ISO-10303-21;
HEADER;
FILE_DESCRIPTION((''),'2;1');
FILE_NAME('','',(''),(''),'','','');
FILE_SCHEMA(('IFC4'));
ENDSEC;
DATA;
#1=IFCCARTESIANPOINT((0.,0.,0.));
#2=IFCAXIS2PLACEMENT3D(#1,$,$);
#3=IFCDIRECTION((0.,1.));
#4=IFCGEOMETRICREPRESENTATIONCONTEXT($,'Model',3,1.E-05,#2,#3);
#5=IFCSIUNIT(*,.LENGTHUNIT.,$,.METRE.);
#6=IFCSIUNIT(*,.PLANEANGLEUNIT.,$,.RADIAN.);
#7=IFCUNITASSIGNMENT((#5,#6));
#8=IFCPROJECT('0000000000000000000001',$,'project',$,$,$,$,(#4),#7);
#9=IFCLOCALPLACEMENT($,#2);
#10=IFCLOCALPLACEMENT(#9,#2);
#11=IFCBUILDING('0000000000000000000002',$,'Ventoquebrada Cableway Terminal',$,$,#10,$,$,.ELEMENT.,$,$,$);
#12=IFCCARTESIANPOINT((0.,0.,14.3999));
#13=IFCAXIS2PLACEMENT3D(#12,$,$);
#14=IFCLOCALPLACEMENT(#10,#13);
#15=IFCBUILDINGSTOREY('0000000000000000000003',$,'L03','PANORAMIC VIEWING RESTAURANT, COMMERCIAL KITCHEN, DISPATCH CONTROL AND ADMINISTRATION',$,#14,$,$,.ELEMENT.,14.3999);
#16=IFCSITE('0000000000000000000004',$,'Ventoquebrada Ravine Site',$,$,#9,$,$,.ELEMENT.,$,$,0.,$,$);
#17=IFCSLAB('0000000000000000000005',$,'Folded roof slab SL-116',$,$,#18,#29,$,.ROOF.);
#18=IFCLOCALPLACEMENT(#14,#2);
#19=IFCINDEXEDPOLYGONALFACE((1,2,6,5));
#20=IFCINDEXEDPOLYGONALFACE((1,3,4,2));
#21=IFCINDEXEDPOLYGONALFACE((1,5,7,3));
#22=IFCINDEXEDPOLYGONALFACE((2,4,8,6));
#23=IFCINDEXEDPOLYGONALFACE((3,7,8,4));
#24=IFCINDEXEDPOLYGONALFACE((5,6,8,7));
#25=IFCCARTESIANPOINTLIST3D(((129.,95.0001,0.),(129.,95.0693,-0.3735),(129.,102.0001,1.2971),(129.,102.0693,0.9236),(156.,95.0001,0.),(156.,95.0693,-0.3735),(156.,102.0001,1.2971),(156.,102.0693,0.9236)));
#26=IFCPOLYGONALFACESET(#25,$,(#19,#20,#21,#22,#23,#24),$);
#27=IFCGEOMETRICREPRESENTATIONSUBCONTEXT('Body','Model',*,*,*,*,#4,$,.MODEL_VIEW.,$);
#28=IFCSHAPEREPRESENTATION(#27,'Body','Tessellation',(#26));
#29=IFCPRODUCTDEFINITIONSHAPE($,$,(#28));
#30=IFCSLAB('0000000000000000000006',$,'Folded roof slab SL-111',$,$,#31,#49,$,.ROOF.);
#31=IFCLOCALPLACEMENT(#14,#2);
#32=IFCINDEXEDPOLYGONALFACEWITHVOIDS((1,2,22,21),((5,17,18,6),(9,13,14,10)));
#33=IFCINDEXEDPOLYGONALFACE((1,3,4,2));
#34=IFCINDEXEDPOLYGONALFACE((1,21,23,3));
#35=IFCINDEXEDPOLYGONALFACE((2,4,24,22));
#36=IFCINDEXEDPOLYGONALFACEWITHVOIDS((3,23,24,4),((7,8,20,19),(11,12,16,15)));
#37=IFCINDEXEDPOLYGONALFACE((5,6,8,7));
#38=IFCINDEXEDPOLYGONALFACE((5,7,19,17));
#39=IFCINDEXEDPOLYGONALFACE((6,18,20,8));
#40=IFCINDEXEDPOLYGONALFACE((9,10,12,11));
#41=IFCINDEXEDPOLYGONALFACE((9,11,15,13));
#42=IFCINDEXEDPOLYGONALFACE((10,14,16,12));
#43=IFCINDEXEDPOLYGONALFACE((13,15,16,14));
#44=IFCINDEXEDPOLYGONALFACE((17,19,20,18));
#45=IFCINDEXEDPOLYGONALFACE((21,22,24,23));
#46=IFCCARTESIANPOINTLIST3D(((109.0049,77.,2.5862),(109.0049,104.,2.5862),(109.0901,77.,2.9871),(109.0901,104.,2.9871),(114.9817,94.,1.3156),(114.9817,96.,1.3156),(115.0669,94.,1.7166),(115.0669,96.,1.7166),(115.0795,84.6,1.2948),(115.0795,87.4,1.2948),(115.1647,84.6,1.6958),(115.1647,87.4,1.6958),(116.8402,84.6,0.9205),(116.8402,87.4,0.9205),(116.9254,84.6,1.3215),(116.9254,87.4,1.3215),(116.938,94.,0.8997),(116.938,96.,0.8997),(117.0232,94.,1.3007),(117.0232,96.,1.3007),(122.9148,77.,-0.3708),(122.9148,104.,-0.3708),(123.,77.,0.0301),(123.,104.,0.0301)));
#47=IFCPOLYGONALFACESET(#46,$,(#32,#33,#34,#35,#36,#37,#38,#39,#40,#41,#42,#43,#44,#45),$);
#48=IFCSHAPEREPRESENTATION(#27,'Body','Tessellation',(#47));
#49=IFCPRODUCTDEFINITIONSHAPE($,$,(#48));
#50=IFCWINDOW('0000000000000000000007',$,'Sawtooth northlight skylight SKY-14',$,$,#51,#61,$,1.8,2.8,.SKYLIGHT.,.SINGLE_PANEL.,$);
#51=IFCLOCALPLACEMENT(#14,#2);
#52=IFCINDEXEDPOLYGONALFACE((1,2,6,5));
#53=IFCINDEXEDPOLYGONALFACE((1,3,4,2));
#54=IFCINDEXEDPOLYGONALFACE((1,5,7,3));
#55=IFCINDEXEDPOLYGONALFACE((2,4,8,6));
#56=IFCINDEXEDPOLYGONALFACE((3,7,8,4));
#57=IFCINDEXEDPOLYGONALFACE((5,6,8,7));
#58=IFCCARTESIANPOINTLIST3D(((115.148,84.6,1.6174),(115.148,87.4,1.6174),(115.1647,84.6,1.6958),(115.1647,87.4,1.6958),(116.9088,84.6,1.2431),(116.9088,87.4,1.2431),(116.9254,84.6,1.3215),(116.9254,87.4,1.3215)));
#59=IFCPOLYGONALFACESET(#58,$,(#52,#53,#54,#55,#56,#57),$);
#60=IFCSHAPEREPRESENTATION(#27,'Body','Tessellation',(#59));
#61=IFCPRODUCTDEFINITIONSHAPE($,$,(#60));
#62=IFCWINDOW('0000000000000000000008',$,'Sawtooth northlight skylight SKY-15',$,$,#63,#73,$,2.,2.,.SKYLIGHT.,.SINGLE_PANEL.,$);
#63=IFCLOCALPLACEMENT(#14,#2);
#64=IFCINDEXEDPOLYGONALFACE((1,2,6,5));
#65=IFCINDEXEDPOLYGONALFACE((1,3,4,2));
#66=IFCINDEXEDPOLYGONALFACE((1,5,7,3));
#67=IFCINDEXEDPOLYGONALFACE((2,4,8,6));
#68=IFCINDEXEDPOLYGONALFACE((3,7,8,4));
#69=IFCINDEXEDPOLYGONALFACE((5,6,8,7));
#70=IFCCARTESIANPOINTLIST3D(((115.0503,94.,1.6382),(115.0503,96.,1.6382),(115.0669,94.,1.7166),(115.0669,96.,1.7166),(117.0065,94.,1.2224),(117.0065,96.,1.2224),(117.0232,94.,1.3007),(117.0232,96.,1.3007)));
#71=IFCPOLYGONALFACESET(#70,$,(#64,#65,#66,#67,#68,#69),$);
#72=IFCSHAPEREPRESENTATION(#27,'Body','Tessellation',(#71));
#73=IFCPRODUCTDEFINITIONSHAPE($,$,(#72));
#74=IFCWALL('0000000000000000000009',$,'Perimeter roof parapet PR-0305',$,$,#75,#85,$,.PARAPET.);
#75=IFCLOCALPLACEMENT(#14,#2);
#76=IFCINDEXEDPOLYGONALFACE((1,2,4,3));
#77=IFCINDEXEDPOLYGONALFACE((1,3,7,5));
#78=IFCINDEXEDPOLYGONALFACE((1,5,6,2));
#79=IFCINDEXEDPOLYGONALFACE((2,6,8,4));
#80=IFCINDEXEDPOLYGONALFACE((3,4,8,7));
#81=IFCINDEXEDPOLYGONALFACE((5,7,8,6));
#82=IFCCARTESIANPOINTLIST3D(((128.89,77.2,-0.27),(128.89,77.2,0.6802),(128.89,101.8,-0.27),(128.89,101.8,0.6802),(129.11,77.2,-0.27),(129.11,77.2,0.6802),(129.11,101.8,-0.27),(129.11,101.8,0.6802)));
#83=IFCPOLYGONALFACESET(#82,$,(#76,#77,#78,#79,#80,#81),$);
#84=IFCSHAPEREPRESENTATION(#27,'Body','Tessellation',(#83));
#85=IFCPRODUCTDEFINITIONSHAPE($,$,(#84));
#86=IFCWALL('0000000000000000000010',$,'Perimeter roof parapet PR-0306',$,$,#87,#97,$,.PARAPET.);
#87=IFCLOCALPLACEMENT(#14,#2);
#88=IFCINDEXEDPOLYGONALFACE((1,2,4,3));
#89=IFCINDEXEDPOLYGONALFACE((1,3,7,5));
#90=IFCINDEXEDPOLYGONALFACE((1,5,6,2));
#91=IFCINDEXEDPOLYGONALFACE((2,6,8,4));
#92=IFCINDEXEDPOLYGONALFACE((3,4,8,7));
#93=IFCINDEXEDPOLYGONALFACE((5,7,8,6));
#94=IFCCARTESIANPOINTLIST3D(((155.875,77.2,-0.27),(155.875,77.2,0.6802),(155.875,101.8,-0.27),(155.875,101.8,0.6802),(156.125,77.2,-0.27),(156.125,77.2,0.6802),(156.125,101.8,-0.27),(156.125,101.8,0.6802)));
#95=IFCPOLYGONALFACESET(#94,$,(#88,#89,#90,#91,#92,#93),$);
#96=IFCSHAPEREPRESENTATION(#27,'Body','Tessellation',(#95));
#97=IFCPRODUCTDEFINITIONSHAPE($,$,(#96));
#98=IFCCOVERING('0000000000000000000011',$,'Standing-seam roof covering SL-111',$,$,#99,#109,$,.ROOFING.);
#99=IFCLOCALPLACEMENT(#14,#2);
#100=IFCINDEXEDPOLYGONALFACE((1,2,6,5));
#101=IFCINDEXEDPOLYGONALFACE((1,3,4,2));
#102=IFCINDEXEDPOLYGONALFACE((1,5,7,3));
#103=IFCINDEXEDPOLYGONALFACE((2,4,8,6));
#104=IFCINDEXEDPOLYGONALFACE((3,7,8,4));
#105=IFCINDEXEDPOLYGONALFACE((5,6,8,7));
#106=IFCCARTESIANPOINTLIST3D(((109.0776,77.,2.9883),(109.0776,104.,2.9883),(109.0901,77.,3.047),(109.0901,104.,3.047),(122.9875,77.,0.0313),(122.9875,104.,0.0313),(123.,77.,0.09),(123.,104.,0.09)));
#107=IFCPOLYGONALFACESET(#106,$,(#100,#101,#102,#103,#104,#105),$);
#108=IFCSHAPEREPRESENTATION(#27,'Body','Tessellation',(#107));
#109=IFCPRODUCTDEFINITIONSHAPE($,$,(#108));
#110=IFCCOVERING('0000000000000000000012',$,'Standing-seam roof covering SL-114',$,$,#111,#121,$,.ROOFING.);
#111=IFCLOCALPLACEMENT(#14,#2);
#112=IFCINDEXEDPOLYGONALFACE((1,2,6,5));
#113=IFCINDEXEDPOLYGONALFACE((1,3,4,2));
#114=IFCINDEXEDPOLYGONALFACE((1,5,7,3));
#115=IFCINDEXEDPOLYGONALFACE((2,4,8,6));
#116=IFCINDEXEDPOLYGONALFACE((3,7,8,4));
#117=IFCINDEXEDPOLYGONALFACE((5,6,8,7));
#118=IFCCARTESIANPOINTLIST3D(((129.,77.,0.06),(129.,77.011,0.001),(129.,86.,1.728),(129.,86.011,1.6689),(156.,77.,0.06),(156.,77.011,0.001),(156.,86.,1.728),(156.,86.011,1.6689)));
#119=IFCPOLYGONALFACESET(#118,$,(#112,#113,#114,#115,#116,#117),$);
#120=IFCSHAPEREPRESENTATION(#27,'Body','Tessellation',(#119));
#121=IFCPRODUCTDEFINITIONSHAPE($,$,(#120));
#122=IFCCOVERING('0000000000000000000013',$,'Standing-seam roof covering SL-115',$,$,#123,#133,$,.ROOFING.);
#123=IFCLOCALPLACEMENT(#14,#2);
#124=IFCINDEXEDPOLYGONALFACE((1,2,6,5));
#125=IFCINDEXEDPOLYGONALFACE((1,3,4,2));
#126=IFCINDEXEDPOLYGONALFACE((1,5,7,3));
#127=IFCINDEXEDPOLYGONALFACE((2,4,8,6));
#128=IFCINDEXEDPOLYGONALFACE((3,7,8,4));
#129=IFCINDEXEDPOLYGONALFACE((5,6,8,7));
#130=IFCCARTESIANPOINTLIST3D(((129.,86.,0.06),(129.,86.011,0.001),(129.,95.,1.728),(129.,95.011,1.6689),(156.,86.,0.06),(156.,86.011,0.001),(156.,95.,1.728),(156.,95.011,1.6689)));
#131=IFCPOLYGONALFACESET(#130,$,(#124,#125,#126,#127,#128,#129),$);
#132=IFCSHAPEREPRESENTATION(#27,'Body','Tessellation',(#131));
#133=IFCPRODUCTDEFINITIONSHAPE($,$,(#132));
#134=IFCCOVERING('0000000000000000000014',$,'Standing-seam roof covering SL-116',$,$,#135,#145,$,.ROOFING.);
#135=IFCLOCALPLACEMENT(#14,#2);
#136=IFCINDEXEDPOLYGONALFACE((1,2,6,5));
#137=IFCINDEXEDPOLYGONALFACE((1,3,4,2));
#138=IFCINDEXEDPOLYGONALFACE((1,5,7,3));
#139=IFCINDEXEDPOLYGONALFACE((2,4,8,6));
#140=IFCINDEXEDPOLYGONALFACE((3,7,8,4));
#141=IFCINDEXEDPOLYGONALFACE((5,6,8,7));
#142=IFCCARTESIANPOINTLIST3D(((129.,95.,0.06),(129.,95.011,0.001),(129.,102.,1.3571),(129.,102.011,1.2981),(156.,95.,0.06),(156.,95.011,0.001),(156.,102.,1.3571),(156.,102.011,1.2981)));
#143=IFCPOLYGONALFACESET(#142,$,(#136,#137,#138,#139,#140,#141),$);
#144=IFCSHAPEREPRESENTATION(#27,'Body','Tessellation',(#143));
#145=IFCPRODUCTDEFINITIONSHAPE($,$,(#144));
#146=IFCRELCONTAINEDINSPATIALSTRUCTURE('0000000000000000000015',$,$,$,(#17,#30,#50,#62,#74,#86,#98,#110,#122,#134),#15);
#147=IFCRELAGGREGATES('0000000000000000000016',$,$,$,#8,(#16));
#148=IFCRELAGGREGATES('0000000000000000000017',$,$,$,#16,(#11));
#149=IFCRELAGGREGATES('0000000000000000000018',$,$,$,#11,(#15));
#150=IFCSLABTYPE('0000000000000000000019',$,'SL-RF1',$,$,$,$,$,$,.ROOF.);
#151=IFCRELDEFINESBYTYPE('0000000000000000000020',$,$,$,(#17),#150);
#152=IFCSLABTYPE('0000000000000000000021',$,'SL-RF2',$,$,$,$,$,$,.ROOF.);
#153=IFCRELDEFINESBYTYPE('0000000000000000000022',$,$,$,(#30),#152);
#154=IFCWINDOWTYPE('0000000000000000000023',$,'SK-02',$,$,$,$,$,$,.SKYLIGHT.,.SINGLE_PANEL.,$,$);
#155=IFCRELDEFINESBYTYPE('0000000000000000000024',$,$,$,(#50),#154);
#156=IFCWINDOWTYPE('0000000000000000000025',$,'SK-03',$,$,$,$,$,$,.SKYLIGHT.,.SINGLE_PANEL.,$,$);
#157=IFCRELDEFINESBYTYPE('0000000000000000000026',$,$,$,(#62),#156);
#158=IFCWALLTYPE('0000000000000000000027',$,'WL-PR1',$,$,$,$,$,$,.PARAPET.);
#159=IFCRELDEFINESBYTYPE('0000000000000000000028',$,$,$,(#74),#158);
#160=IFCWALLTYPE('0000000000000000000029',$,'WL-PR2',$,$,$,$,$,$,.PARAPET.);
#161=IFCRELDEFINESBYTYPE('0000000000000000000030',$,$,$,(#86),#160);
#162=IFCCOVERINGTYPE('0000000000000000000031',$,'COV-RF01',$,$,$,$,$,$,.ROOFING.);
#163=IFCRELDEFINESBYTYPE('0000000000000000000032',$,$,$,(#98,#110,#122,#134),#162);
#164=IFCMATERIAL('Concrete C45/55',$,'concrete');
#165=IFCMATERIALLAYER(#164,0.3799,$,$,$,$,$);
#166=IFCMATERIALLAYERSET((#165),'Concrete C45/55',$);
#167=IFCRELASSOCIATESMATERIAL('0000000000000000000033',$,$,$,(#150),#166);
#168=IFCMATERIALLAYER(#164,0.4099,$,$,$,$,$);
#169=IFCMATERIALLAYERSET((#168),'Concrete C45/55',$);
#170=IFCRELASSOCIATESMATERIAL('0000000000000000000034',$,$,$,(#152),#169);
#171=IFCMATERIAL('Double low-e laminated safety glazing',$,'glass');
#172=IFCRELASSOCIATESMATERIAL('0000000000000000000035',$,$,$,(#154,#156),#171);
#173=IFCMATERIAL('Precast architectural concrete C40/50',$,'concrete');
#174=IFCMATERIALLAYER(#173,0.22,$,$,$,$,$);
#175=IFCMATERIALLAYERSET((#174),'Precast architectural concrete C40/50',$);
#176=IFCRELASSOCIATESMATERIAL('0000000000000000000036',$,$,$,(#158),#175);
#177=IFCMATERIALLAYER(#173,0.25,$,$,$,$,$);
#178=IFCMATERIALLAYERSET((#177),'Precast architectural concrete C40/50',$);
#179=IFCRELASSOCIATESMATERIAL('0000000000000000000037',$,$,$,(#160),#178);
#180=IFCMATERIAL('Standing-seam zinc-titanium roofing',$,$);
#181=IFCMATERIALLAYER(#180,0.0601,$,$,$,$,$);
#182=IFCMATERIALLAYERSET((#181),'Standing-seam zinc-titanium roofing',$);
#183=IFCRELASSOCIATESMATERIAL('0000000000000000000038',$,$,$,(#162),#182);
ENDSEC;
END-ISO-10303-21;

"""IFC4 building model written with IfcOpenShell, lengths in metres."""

from ifc_helpers import new_model, si_unit, direction, frame, frame_2d, origin, origin_2d, place, context, subcontext, project, spatial, polyline, rectangle, outline, extrude, material, layer, layer_set, type_object, element, fill, save


model = new_model("IFC4")

# Units and contexts
model_context = context("Model", 3, precision=1e-05, world=origin(), true_north=direction((0.0, 1.0)))
body_context = subcontext(model_context, "Body", "Model", "MODEL_VIEW")
ifc_project = project(units=[si_unit("LENGTHUNIT", "METRE"), si_unit("PLANEANGLEUNIT", "RADIAN")], contexts=[model_context])

# Site, building, storey
site_placement = place(None, origin())
site = spatial("IfcSite", under=ifc_project, at=site_placement, Name="Ventoquebrada Ravine Site", CompositionType="ELEMENT", RefElevation=0.0)
building_placement = place(site_placement, origin())
building = spatial("IfcBuilding", under=site, at=building_placement, Name="Ventoquebrada Cableway Terminal", CompositionType="ELEMENT")
storey_placement = place(building_placement, frame((0.0, 0.0, 14.3999)))
storey = spatial("IfcBuildingStorey", under=building, at=storey_placement, Name="L03", Description="PANORAMIC VIEWING RESTAURANT, COMMERCIAL KITCHEN, DISPATCH CONTROL AND ADMINISTRATION", CompositionType="ELEMENT", Elevation=14.3999)

# Shared definitions
ifc_material_1 = material(Name="Concrete C45/55", Category="concrete")
ifc_layer_1 = layer(ifc_material_1, 0.3799)
ifc_layer_set_1 = layer_set([ifc_layer_1], Name="Concrete C45/55")
slab_type_1 = type_object("IfcSlabType", Name="SL-RF1", PredefinedType="ROOF", material=ifc_layer_set_1)
ifc_material_2 = material(Name="Double low-e laminated safety glazing", Category="glass")

# Slab
slab_1_placement = place(storey_placement, frame((129.0, 95.0693, -0.3735), z_axis=(0.0, -0.182201, 0.983261), x_axis=(1.0, 0.0, 0.0)))
element("IfcSlab", 1, at=slab_1_placement, inside=storey, type_object=slab_type_1, Name="Folded roof slab SL-116", PredefinedType="ROOF", context=body_context, shape_type="SweptSolid", body=[
    extrude(outline(polyline([(0.0, 0.0), (27.0, 0.0), (27.0, 7.1192), (0.0, 7.1192), (0.0, 0.0)])), origin(), (0.0, 0.0, 1.0), 0.3799),
])

# Slab, openings, windows
ifc_layer_2 = layer(ifc_material_1, 0.4099)
ifc_layer_set_2 = layer_set([ifc_layer_2], Name="Concrete C45/55")
slab_type_2 = type_object("IfcSlabType", Name="SL-RF2", PredefinedType="ROOF", material=ifc_layer_set_2)
slab_2_placement = place(storey_placement, frame((109.0049, 77.0, 2.5862), z_axis=(0.207938, 0.0, 0.978142), x_axis=(0.978142, 0.0, -0.207938)))
slab_2 = element("IfcSlab", 2, at=slab_2_placement, inside=storey, type_object=slab_type_2, Name="Folded roof slab SL-111", PredefinedType="ROOF", context=body_context, shape_type="SweptSolid", body=[
    extrude(outline(polyline([(0.0, 0.0), (14.2207, 0.0), (14.2207, 27.0), (0.0, 27.0), (0.0, 0.0)])), origin(), (0.0, 0.0, 1.0), 0.4099),
])
opening_1_placement = place(slab_2_placement, frame((7.1104, 9.0, -0.01), z_axis=(0.0, 0.0, 1.0), x_axis=(0.0, 1.0, 0.0)))
opening_1 = element("IfcOpeningElement", 3, at=opening_1_placement, cuts=slab_2, PredefinedType="OPENING", context=body_context, shape_type="SweptSolid", body=[
    extrude(rectangle(XDim=2.8, YDim=1.8, at=origin_2d()), origin(), (0.0, 0.0, 1.0), 0.4299),
])
opening_2_placement = place(slab_2_placement, frame((7.1104, 18.0, -0.01), z_axis=(0.0, 0.0, 1.0), x_axis=(1.0, 0.0, 0.0)))
opening_2 = element("IfcOpeningElement", 4, at=opening_2_placement, cuts=slab_2, PredefinedType="OPENING", context=body_context, shape_type="SweptSolid", body=[
    extrude(rectangle(XDim=2.0, YDim=2.0, at=origin_2d()), origin(), (0.0, 0.0, 1.0), 0.4299),
])
window_type_1 = type_object("IfcWindowType", Name="SK-02", PartitioningType="SINGLE_PANEL", PredefinedType="SKYLIGHT", material=ifc_material_2)
window_1_placement = place(opening_1_placement, frame((0.0, 0.0, 0.3398)))
window_1 = element("IfcWindow", 5, at=window_1_placement, inside=storey, type_object=window_type_1, Name="Sawtooth northlight skylight SKY-14", OverallHeight=1.8, OverallWidth=2.8, PartitioningType="SINGLE_PANEL", PredefinedType="SKYLIGHT", context=body_context, shape_type="SweptSolid", body=[
    extrude(rectangle(XDim=2.8, YDim=1.8, at=origin_2d()), origin(), (0.0, 0.0, 1.0), 0.0801),
])
fill(opening_1, window_1)
window_type_2 = type_object("IfcWindowType", Name="SK-03", PartitioningType="SINGLE_PANEL", PredefinedType="SKYLIGHT", material=ifc_material_2)
window_2_placement = place(opening_2_placement, frame((0.0, 0.0, 0.3398)))
window_2 = element("IfcWindow", 6, at=window_2_placement, inside=storey, type_object=window_type_2, Name="Sawtooth northlight skylight SKY-15", OverallHeight=2.0, OverallWidth=2.0, PartitioningType="SINGLE_PANEL", PredefinedType="SKYLIGHT", context=body_context, shape_type="SweptSolid", body=[
    extrude(rectangle(XDim=2.0, YDim=2.0, at=origin_2d()), origin(), (0.0, 0.0, 1.0), 0.0801),
])
fill(opening_2, window_2)

# Walls
ifc_material_3 = material(Name="Precast architectural concrete C40/50", Category="concrete")
ifc_layer_3 = layer(ifc_material_3, 0.22)
ifc_layer_set_3 = layer_set([ifc_layer_3], Name="Precast architectural concrete C40/50")
wall_type_1 = type_object("IfcWallType", Name="WL-PR1", PredefinedType="PARAPET", material=ifc_layer_set_3)
wall_1_placement = place(storey_placement, frame((129.0, 77.2, -0.27), z_axis=(0.0, 0.0, 1.0), x_axis=(0.0, 1.0, 0.0)))
element("IfcWall", 7, at=wall_1_placement, inside=storey, type_object=wall_type_1, Name="Perimeter roof parapet PR-0305", PredefinedType="PARAPET", context=body_context, shape_type="SweptSolid", body=[
    extrude(rectangle(XDim=24.6001, YDim=0.22, at=frame_2d((12.3, 0.0))), origin(), (0.0, 0.0, 1.0), 0.9502),
])
ifc_layer_4 = layer(ifc_material_3, 0.25)
ifc_layer_set_4 = layer_set([ifc_layer_4], Name="Precast architectural concrete C40/50")
wall_type_2 = type_object("IfcWallType", Name="WL-PR2", PredefinedType="PARAPET", material=ifc_layer_set_4)
wall_2_placement = place(storey_placement, frame((156.0, 77.2, -0.27), z_axis=(0.0, 0.0, 1.0), x_axis=(0.0, 1.0, 0.0)))
element("IfcWall", 8, at=wall_2_placement, inside=storey, type_object=wall_type_2, Name="Perimeter roof parapet PR-0306", PredefinedType="PARAPET", context=body_context, shape_type="SweptSolid", body=[
    extrude(rectangle(XDim=24.6001, YDim=0.25, at=frame_2d((12.3, 0.0))), origin(), (0.0, 0.0, 1.0), 0.9502),
])

# Coverings
ifc_material_4 = material(Name="Standing-seam zinc-titanium roofing")
ifc_layer_5 = layer(ifc_material_4, 0.0601)
ifc_layer_set_5 = layer_set([ifc_layer_5], Name="Standing-seam zinc-titanium roofing")
covering_type = type_object("IfcCoveringType", Name="COV-RF01", PredefinedType="ROOFING", material=ifc_layer_set_5)
covering_1_placement = place(storey_placement, frame((109.0776, 77.0, 2.9883), z_axis=(0.207938, 0.0, 0.978142), x_axis=(0.978142, 0.0, -0.207938)))
element("IfcCovering", 9, at=covering_1_placement, inside=storey, type_object=covering_type, Name="Standing-seam roof covering SL-111", PredefinedType="ROOFING", context=body_context, shape_type="SweptSolid", body=[
    extrude(outline(polyline([(0.0, 0.0), (14.2207, 0.0), (14.2207, 27.0), (0.0, 27.0), (0.0, 0.0)])), origin(), (0.0, 0.0, 1.0), 0.0601),
])
for number, where, z_axis, x_axis, name in (
    (10, (129.0, 77.011, 0.001), (0.0, -0.182227, 0.983257), (1.0, 0.0, 0.0), "Standing-seam roof covering SL-114"),
    (11, (129.0, 86.011, 0.001), (0.0, -0.182227, 0.983257), (1.0, 0.0, 0.0), "Standing-seam roof covering SL-115"),
):
    element("IfcCovering", number, at=place(storey_placement, frame(where, z_axis=z_axis, x_axis=x_axis)), inside=storey, type_object=covering_type, Name=name, PredefinedType="ROOFING", context=body_context, shape_type="SweptSolid", body=[
        extrude(outline(polyline([(0.0, 0.0), (27.0, 0.0), (27.0, 9.1533), (0.0, 9.1533), (0.0, 0.0)])), origin(), (0.0, 0.0, 1.0), 0.0601),
    ])
covering_2_placement = place(storey_placement, frame((129.0, 95.011, 0.001), z_axis=(0.0, -0.182201, 0.983261), x_axis=(1.0, 0.0, 0.0)))
element("IfcCovering", 12, at=covering_2_placement, inside=storey, type_object=covering_type, Name="Standing-seam roof covering SL-116", PredefinedType="ROOFING", context=body_context, shape_type="SweptSolid", body=[
    extrude(outline(polyline([(0.0, 0.0), (27.0, 0.0), (27.0, 7.1192), (0.0, 7.1192), (0.0, 0.0)])), origin(), (0.0, 0.0, 1.0), 0.0601),
])

save(model, "model.ifc")
